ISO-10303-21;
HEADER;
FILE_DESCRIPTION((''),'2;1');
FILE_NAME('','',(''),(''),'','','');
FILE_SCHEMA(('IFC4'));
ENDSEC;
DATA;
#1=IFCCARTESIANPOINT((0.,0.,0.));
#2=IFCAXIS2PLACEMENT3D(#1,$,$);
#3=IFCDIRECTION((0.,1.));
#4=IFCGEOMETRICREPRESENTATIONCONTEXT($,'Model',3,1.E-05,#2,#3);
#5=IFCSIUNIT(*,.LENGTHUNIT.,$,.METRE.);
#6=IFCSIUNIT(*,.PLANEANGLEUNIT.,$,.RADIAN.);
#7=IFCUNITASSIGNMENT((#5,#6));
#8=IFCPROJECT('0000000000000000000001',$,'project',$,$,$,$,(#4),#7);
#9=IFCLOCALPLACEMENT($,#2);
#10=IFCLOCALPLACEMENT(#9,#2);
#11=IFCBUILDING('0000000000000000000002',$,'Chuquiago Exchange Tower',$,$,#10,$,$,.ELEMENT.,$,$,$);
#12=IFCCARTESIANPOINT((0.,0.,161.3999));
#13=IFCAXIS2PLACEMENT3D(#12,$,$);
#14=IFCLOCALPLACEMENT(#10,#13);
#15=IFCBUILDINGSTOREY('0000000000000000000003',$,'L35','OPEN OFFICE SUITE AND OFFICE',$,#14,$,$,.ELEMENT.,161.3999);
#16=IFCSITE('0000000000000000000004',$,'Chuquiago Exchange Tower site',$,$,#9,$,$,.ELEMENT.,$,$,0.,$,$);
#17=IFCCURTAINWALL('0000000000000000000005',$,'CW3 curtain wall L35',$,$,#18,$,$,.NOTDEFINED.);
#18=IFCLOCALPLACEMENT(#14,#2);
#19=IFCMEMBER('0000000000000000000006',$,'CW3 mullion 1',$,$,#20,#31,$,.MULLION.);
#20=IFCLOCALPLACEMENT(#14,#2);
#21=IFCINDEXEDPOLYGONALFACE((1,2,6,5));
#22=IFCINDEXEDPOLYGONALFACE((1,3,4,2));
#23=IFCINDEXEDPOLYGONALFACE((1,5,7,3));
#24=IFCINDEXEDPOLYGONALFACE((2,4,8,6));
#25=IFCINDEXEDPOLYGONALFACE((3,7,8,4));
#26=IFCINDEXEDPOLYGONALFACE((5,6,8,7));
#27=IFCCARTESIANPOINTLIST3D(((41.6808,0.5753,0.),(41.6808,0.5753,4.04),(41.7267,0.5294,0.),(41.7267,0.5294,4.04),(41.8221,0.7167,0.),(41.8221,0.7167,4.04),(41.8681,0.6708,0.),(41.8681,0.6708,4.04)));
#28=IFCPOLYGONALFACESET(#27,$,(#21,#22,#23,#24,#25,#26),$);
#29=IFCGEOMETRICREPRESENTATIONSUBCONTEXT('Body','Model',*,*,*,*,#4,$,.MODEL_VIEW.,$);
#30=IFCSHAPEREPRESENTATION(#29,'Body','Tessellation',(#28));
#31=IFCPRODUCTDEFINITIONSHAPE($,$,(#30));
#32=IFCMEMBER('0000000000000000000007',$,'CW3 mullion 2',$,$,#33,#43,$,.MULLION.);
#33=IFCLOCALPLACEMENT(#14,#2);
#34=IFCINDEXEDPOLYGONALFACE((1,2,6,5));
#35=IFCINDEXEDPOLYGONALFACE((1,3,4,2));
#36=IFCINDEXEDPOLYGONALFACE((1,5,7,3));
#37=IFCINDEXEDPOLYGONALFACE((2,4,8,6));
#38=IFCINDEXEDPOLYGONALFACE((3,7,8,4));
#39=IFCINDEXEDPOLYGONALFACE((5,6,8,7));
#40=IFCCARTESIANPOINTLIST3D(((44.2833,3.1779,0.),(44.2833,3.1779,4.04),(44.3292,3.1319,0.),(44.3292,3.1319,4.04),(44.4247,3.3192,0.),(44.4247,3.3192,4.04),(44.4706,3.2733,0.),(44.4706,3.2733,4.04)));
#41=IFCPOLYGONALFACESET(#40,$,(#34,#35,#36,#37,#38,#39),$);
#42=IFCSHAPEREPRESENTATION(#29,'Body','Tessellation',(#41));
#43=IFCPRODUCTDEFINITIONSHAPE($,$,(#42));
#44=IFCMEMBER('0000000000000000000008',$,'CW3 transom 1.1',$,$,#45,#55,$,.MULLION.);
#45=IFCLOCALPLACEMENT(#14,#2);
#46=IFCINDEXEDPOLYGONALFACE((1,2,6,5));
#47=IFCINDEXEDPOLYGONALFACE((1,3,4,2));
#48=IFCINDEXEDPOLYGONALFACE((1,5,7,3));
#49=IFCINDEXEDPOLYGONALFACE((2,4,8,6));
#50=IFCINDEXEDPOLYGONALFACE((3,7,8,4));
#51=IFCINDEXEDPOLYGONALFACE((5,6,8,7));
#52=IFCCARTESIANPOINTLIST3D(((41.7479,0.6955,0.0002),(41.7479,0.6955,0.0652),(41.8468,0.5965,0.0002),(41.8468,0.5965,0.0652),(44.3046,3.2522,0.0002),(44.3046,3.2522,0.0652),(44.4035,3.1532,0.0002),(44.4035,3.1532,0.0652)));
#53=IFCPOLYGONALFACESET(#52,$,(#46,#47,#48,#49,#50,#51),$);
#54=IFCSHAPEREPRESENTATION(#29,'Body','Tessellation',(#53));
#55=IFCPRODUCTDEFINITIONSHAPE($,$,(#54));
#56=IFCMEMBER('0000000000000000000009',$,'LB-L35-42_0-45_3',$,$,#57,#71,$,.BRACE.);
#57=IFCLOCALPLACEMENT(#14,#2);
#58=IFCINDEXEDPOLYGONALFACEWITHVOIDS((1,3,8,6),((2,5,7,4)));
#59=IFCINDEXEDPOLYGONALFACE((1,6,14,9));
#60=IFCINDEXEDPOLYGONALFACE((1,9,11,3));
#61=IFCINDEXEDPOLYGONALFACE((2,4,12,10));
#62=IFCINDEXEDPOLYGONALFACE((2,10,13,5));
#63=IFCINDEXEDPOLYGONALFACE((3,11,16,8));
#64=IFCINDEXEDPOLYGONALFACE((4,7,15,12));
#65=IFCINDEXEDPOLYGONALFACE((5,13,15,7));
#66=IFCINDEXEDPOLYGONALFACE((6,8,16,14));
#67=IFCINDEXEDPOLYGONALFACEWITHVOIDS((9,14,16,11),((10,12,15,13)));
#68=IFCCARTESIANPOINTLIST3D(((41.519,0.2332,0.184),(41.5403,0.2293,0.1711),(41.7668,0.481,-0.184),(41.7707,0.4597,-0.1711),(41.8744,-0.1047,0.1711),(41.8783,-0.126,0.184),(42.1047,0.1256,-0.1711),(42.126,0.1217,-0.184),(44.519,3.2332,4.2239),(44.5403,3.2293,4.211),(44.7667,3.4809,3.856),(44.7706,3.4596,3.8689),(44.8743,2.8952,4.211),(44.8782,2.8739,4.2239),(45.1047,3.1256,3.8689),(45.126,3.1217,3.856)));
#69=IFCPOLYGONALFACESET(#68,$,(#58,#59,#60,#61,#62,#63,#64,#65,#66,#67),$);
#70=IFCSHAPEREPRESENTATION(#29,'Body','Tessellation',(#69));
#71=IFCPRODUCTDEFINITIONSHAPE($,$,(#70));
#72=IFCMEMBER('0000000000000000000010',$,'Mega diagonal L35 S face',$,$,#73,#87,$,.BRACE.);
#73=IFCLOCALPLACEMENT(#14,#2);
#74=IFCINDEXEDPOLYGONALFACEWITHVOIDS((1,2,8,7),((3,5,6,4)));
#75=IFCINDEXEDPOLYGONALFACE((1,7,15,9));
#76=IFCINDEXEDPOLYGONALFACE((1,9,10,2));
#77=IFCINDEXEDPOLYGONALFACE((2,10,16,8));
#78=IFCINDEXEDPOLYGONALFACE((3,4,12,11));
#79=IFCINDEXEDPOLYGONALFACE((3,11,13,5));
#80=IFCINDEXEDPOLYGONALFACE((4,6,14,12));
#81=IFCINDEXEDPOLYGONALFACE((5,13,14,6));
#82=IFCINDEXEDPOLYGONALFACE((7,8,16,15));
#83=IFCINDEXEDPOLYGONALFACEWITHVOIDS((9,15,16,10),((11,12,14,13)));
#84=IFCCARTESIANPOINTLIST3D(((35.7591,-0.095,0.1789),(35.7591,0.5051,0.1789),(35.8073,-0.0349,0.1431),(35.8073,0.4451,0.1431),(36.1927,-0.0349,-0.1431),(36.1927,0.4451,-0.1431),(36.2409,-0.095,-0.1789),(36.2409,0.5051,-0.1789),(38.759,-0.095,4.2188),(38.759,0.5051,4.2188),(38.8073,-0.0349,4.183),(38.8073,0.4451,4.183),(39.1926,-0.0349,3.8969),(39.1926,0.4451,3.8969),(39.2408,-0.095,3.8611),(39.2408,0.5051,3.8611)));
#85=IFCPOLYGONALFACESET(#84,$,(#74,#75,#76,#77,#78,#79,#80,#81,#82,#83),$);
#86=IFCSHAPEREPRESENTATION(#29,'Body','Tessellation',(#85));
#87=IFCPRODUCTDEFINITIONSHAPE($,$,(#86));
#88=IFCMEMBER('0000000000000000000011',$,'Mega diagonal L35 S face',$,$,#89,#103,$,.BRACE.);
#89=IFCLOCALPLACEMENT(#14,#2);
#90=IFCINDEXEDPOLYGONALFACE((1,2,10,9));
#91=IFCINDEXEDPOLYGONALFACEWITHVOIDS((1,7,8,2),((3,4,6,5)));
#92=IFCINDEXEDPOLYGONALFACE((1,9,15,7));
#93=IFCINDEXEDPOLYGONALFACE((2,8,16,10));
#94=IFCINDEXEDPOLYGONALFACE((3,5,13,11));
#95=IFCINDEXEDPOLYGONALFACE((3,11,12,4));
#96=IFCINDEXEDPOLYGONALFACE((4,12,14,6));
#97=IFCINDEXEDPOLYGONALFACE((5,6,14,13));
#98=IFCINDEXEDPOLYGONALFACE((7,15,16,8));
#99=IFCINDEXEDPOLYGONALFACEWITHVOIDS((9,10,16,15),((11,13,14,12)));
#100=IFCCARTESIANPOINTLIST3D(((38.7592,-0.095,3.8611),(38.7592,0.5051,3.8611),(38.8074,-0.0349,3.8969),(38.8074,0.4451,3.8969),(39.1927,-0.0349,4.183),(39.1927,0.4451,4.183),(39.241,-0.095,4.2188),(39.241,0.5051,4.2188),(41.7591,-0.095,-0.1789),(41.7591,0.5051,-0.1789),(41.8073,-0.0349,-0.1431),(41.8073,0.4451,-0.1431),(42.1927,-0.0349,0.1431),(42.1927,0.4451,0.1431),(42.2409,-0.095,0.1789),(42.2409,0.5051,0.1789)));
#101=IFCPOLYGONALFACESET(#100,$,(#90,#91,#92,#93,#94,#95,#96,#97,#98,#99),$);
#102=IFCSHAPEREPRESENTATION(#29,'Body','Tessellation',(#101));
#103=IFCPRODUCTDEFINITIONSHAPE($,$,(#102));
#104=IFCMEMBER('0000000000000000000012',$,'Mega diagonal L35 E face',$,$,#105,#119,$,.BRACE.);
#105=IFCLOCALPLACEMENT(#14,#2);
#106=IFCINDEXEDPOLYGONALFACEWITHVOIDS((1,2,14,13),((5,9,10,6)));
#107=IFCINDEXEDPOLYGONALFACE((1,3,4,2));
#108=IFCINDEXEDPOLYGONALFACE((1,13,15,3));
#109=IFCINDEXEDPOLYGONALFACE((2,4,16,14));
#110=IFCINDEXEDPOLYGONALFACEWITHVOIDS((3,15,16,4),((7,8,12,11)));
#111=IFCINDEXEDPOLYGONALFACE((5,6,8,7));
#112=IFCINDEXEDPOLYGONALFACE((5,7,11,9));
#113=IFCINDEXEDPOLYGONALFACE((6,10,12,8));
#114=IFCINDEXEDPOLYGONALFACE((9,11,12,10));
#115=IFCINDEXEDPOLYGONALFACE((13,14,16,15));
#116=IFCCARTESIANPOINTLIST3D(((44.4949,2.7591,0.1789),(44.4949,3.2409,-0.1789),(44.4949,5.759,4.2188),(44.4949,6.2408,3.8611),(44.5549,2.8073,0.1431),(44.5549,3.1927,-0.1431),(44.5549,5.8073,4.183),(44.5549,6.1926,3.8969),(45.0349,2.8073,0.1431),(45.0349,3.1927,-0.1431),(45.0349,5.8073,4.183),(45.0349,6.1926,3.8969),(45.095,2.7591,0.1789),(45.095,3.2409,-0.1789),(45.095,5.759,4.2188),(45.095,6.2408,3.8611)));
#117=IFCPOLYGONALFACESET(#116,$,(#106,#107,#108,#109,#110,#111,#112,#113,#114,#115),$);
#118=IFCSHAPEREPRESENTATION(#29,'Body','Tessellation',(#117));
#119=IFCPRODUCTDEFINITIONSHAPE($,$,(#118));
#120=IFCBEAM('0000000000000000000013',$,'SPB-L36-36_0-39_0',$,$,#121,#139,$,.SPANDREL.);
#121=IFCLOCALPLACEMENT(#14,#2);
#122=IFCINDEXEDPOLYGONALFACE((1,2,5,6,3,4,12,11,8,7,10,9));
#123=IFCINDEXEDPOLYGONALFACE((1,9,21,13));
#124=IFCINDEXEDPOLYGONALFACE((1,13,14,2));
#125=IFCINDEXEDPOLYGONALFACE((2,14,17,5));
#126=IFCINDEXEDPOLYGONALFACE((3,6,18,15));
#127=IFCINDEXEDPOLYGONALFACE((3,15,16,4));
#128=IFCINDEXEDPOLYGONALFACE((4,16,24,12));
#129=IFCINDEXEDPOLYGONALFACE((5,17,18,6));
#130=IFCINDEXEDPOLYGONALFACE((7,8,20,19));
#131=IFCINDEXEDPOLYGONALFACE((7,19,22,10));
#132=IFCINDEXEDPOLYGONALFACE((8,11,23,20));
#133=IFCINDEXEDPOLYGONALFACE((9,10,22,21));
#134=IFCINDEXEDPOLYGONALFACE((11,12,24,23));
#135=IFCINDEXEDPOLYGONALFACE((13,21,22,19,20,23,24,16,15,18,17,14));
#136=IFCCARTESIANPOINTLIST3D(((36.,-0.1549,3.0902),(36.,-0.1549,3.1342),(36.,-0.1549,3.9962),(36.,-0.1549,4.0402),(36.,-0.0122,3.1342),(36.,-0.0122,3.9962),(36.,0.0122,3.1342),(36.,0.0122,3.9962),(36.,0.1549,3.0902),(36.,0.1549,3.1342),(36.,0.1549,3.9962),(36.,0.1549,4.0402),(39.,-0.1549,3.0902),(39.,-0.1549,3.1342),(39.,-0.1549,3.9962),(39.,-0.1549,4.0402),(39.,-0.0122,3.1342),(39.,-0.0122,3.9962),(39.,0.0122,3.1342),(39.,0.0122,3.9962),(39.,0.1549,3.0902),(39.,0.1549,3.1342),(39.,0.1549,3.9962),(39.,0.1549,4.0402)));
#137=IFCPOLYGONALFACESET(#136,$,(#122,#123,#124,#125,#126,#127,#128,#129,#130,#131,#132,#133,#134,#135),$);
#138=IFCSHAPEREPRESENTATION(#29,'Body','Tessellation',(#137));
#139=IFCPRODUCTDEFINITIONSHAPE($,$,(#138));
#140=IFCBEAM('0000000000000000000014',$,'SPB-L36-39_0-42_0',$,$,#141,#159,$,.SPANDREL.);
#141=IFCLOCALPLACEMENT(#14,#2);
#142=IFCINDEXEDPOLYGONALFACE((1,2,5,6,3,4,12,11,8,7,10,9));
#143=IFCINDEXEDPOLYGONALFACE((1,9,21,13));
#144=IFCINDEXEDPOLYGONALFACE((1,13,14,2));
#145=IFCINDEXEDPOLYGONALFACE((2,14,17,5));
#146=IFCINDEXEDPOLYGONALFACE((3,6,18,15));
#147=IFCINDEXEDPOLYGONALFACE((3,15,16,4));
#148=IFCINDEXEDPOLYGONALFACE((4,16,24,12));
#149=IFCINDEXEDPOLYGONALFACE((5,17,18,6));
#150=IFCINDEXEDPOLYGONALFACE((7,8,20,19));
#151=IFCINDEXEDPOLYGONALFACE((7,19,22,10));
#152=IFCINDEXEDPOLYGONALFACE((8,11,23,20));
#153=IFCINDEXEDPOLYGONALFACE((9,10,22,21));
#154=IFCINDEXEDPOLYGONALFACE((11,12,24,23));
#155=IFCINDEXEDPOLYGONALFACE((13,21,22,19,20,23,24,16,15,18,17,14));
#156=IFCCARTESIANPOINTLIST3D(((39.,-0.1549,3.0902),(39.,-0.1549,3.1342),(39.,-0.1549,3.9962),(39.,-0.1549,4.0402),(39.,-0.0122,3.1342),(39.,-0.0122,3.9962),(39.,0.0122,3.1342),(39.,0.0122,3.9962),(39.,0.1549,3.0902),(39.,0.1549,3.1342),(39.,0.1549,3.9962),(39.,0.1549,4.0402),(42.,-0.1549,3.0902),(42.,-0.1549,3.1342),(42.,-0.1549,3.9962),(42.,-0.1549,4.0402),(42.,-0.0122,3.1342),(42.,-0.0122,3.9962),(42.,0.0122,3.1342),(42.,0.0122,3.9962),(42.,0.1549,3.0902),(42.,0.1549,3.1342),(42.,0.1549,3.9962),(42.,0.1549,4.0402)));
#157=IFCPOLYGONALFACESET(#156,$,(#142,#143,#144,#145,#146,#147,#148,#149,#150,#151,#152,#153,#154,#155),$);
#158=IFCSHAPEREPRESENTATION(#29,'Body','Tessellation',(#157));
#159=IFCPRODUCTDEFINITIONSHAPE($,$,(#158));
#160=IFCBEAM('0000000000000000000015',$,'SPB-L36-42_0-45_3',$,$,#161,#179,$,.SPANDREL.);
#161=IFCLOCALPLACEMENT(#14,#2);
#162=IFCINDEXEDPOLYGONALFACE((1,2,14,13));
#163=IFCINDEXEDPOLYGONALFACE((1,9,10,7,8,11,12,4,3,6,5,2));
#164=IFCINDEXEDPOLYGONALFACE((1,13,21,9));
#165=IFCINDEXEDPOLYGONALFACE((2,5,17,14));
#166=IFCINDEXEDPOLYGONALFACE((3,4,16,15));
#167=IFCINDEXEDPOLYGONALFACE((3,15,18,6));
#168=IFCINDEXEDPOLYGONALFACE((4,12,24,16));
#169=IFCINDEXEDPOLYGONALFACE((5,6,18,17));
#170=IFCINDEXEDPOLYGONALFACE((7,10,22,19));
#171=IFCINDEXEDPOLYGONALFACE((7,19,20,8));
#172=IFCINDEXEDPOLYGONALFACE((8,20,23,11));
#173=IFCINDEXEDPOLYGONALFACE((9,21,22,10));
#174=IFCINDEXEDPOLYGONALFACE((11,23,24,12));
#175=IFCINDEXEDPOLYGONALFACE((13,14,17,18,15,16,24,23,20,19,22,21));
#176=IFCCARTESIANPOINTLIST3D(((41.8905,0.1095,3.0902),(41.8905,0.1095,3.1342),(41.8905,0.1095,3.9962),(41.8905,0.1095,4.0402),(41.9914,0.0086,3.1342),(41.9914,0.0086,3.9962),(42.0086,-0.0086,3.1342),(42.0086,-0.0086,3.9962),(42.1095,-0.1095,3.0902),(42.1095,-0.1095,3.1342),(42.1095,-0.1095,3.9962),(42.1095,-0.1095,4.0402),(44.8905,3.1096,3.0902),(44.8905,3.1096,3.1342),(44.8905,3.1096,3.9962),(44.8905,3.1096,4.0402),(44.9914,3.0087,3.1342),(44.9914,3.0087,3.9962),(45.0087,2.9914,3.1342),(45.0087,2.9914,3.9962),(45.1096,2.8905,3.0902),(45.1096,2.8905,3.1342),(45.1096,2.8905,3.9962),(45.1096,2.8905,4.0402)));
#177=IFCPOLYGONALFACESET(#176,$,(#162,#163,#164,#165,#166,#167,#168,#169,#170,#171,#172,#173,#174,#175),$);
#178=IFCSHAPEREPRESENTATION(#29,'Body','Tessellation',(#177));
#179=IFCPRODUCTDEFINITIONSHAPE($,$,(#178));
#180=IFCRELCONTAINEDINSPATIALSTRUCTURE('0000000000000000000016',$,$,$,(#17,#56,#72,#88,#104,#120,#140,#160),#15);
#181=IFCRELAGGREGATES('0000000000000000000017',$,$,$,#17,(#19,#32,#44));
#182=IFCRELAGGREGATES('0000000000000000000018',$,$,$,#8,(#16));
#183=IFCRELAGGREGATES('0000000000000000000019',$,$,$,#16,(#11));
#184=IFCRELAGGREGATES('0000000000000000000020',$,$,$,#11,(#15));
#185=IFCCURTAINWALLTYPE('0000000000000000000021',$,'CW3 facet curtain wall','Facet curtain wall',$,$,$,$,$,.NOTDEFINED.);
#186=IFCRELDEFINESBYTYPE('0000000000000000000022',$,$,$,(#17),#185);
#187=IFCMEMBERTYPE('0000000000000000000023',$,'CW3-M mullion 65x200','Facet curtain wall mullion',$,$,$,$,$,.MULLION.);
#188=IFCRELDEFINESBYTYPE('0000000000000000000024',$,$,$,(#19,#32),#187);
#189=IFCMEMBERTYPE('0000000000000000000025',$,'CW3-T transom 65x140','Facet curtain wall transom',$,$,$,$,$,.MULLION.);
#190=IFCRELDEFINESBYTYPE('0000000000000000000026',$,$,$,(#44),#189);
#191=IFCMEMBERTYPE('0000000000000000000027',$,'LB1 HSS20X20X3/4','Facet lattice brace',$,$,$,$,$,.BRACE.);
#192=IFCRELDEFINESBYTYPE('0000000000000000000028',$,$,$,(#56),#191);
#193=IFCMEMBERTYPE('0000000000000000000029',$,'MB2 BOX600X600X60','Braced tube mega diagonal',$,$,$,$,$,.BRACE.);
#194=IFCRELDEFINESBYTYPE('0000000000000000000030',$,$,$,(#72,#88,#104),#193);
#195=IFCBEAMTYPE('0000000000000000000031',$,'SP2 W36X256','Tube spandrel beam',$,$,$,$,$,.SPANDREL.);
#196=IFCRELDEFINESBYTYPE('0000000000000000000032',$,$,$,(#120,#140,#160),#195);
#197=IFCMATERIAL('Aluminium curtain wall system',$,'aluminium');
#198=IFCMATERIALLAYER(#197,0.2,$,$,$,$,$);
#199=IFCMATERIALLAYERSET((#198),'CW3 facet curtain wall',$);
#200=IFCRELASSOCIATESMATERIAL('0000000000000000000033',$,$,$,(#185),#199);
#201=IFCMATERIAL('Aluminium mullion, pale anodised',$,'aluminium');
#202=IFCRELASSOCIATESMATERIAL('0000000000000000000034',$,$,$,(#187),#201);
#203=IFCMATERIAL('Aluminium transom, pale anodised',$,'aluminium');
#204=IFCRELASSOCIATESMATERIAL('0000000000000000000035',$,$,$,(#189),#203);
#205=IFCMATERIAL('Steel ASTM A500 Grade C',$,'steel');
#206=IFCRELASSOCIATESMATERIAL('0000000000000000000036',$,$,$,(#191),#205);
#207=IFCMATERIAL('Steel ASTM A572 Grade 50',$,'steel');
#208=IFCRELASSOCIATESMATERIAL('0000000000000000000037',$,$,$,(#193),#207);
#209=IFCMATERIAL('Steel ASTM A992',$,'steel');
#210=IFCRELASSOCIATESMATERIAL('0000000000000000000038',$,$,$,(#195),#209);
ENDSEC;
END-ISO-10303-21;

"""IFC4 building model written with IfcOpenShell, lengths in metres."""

from ifc_helpers import new_model, si_unit, direction, frame, origin, origin_2d, place, context, subcontext, project, spatial, rectangle, hollow_rectangle, i_section, extrude, material, layer, layer_set, material_profile, profile_set, type_object, element, aggregate, save


model = new_model("IFC4")

# Units and contexts
model_context = context("Model", 3, precision=1e-05, world=origin(), true_north=direction((0.0, 1.0)))
body_context = subcontext(model_context, "Body", "Model", "MODEL_VIEW")
ifc_project = project(units=[si_unit("LENGTHUNIT", "METRE"), si_unit("PLANEANGLEUNIT", "RADIAN")], contexts=[model_context])

# Site, building, storey
site_placement = place(None, origin())
site = spatial("IfcSite", under=ifc_project, at=site_placement, Name="Chuquiago Exchange Tower site", CompositionType="ELEMENT", RefElevation=0.0)
building_placement = place(site_placement, origin())
building = spatial("IfcBuilding", under=site, at=building_placement, Name="Chuquiago Exchange Tower", CompositionType="ELEMENT")
storey_placement = place(building_placement, frame((0.0, 0.0, 161.3999)))
storey = spatial("IfcBuildingStorey", under=building, at=storey_placement, Name="L35", Description="OPEN OFFICE SUITE AND OFFICE", CompositionType="ELEMENT", Elevation=161.3999)

# Curtain wall, members
ifc_material_1 = material(Name="Aluminium curtain wall system", Category="aluminium")
ifc_layer_1 = layer(ifc_material_1, 0.2)
ifc_layer_set_1 = layer_set([ifc_layer_1], Name="CW3 facet curtain wall")
curtain_wall_type_1 = type_object("IfcCurtainWallType", Name="CW3 facet curtain wall", Description="Facet curtain wall", PredefinedType="NOTDEFINED", material=ifc_layer_set_1)
curtain_wall_1_placement = place(storey_placement, origin())
curtain_wall_1 = element("IfcCurtainWall", 1, at=curtain_wall_1_placement, inside=storey, type_object=curtain_wall_type_1, Name="CW3 curtain wall L35", PredefinedType="NOTDEFINED")
ifc_material_2 = material(Name="Aluminium mullion, pale anodised", Category="aluminium")
ifc_material_profile_1 = material_profile(ifc_material_2, rectangle(XDim=0.0649, YDim=0.2, at=origin_2d()), Name="AL 65x200")
ifc_profile_set_1 = profile_set([ifc_material_profile_1], Name="Aluminium mullion, pale anodised")
member_type_1 = type_object("IfcMemberType", Name="CW3-M mullion 65x200", Description="Facet curtain wall mullion", PredefinedType="MULLION", material=ifc_profile_set_1)
member_1_placement = place(storey_placement, frame((41.7744, 0.623, 0.0), z_axis=(0.0, 0.0, 1.0), x_axis=(-0.707107, 0.707107, 0.0)))
member_1 = element("IfcMember", 2, at=member_1_placement, type_object=member_type_1, Name="CW3 mullion 1", PredefinedType="MULLION", context=body_context, shape_type="SweptSolid", body=[
    extrude(rectangle(XDim=0.0649, YDim=0.2, at=origin_2d()), origin(), (0.0, 0.0, 1.0), 4.04),
])
member_2_placement = place(storey_placement, frame((44.377, 3.2256, 0.0), z_axis=(0.0, 0.0, 1.0), x_axis=(-0.707107, 0.707107, 0.0)))
member_2 = element("IfcMember", 3, at=member_2_placement, type_object=member_type_1, Name="CW3 mullion 2", PredefinedType="MULLION", context=body_context, shape_type="SweptSolid", body=[
    extrude(rectangle(XDim=0.0649, YDim=0.2, at=origin_2d()), origin(), (0.0, 0.0, 1.0), 4.04),
])
ifc_material_3 = material(Name="Aluminium transom, pale anodised", Category="aluminium")
ifc_material_profile_2 = material_profile(ifc_material_3, rectangle(XDim=0.1399, YDim=0.0649, at=origin_2d()), Name="AL 140x65")
ifc_profile_set_2 = profile_set([ifc_material_profile_2], Name="Aluminium transom, pale anodised")
member_type_2 = type_object("IfcMemberType", Name="CW3-T transom 65x140", Description="Facet curtain wall transom", PredefinedType="MULLION", material=ifc_profile_set_2)
member_3_placement = place(storey_placement, frame((41.7974, 0.646, 0.0327), z_axis=(0.707107, 0.707107, 0.0), x_axis=(-0.707107, 0.707107, 0.0)))
member_3 = element("IfcMember", 4, at=member_3_placement, type_object=member_type_2, Name="CW3 transom 1.1", PredefinedType="MULLION", context=body_context, shape_type="SweptSolid", body=[
    extrude(rectangle(XDim=0.1399, YDim=0.0649, at=origin_2d()), origin(), (0.0, 0.0, 1.0), 3.6157),
])

# Members
ifc_material_4 = material(Name="Steel ASTM A500 Grade C", Category="steel")
ifc_material_profile_3 = material_profile(ifc_material_4, hollow_rectangle(XDim=0.5081, YDim=0.5081, WallThickness=0.0178, at=origin_2d()), Name="HSS20X20X3/4")
ifc_profile_set_3 = profile_set([ifc_material_profile_3], Name="Steel ASTM A500 Grade C")
member_type_3 = type_object("IfcMemberType", Name="LB1 HSS20X20X3/4", Description="Facet lattice brace", PredefinedType="BRACE", material=ifc_profile_set_3)
member_4_placement = place(storey_placement, frame((41.8225, 0.1775, 0.0), z_axis=(0.512077, 0.512077, 0.689604), x_axis=(-0.707107, 0.707107, 0.0)))
element("IfcMember", 5, at=member_4_placement, inside=storey, type_object=member_type_3, Name="LB-L35-42_0-45_3", PredefinedType="BRACE", context=body_context, shape_type="SweptSolid", body=[
    extrude(hollow_rectangle(XDim=0.5081, YDim=0.5081, WallThickness=0.0178, at=origin_2d()), origin(), (0.0, 0.0, 1.0), 5.8584),
])
ifc_material_5 = material(Name="Steel ASTM A572 Grade 50", Category="steel")
ifc_material_profile_4 = material_profile(ifc_material_5, hollow_rectangle(XDim=0.6001, YDim=0.6001, WallThickness=0.0601, at=origin_2d()), Name="BOX600X600X60")
ifc_profile_set_4 = profile_set([ifc_material_profile_4], Name="Steel ASTM A572 Grade 50")
member_type_4 = type_object("IfcMemberType", Name="MB2 BOX600X600X60", Description="Braced tube mega diagonal", PredefinedType="BRACE", material=ifc_profile_set_4)
for number, where, z_axis, x_axis, name in (
    (6, (36.0, 0.2051, 0.0), (0.596174, 0.0, 0.802855), (0.0, 1.0, 0.0), "Mega diagonal L35 S face"),
    (7, (42.0, 0.2051, 0.0), (-0.596174, 0.0, 0.802855), (0.0, -1.0, 0.0), "Mega diagonal L35 S face"),
    (8, (44.7949, 3.0, 0.0), (0.0, 0.596174, 0.802855), (-1.0, 0.0, 0.0), "Mega diagonal L35 E face"),
):
    element("IfcMember", number, at=place(storey_placement, frame(where, z_axis=z_axis, x_axis=x_axis)), inside=storey, type_object=member_type_4, Name=name, PredefinedType="BRACE", context=body_context, shape_type="SweptSolid", body=[
        extrude(hollow_rectangle(XDim=0.6001, YDim=0.6001, WallThickness=0.0601, at=origin_2d()), origin(), (0.0, 0.0, 1.0), 5.032),
    ])

# Beams
ifc_material_6 = material(Name="Steel ASTM A992", Category="steel")
ifc_material_profile_5 = material_profile(ifc_material_6, i_section(OverallWidth=0.3098, OverallDepth=0.95, WebThickness=0.0244, FlangeThickness=0.0439, at=origin_2d()), Name="W36X256")
ifc_profile_set_5 = profile_set([ifc_material_profile_5], Name="Steel ASTM A992")
beam_type = type_object("IfcBeamType", Name="SP2 W36X256", Description="Tube spandrel beam", PredefinedType="SPANDREL", material=ifc_profile_set_5)
for number, where, z_axis, x_axis, name in (
    (9, (36.0, 0.0, 3.5652), (1.0, 0.0, 0.0), (0.0, 1.0, 0.0), "SPB-L36-36_0-39_0"),
    (10, (39.0, 0.0, 3.5652), (1.0, 0.0, 0.0), (0.0, 1.0, 0.0), "SPB-L36-39_0-42_0"),
):
    element("IfcBeam", number, at=place(storey_placement, frame(where, z_axis=z_axis, x_axis=x_axis)), inside=storey, type_object=beam_type, Name=name, PredefinedType="SPANDREL", context=body_context, shape_type="SweptSolid", body=[
        extrude(i_section(OverallWidth=0.3098, OverallDepth=0.95, WebThickness=0.0244, FlangeThickness=0.0439, at=origin_2d()), origin(), (0.0, 0.0, 1.0), 3.0),
    ])
beam_1_placement = place(storey_placement, frame((42.0, 0.0, 3.5652), z_axis=(0.707107, 0.707107, 0.0), x_axis=(-0.707107, 0.707107, 0.0)))
element("IfcBeam", 11, at=beam_1_placement, inside=storey, type_object=beam_type, Name="SPB-L36-42_0-45_3", PredefinedType="SPANDREL", context=body_context, shape_type="SweptSolid", body=[
    extrude(i_section(OverallWidth=0.3098, OverallDepth=0.95, WebThickness=0.0244, FlangeThickness=0.0439, at=origin_2d()), origin(), (0.0, 0.0, 1.0), 4.2427),
])

aggregate(curtain_wall_1, [member_1, member_2, member_3])

save(model, "model.ifc")
